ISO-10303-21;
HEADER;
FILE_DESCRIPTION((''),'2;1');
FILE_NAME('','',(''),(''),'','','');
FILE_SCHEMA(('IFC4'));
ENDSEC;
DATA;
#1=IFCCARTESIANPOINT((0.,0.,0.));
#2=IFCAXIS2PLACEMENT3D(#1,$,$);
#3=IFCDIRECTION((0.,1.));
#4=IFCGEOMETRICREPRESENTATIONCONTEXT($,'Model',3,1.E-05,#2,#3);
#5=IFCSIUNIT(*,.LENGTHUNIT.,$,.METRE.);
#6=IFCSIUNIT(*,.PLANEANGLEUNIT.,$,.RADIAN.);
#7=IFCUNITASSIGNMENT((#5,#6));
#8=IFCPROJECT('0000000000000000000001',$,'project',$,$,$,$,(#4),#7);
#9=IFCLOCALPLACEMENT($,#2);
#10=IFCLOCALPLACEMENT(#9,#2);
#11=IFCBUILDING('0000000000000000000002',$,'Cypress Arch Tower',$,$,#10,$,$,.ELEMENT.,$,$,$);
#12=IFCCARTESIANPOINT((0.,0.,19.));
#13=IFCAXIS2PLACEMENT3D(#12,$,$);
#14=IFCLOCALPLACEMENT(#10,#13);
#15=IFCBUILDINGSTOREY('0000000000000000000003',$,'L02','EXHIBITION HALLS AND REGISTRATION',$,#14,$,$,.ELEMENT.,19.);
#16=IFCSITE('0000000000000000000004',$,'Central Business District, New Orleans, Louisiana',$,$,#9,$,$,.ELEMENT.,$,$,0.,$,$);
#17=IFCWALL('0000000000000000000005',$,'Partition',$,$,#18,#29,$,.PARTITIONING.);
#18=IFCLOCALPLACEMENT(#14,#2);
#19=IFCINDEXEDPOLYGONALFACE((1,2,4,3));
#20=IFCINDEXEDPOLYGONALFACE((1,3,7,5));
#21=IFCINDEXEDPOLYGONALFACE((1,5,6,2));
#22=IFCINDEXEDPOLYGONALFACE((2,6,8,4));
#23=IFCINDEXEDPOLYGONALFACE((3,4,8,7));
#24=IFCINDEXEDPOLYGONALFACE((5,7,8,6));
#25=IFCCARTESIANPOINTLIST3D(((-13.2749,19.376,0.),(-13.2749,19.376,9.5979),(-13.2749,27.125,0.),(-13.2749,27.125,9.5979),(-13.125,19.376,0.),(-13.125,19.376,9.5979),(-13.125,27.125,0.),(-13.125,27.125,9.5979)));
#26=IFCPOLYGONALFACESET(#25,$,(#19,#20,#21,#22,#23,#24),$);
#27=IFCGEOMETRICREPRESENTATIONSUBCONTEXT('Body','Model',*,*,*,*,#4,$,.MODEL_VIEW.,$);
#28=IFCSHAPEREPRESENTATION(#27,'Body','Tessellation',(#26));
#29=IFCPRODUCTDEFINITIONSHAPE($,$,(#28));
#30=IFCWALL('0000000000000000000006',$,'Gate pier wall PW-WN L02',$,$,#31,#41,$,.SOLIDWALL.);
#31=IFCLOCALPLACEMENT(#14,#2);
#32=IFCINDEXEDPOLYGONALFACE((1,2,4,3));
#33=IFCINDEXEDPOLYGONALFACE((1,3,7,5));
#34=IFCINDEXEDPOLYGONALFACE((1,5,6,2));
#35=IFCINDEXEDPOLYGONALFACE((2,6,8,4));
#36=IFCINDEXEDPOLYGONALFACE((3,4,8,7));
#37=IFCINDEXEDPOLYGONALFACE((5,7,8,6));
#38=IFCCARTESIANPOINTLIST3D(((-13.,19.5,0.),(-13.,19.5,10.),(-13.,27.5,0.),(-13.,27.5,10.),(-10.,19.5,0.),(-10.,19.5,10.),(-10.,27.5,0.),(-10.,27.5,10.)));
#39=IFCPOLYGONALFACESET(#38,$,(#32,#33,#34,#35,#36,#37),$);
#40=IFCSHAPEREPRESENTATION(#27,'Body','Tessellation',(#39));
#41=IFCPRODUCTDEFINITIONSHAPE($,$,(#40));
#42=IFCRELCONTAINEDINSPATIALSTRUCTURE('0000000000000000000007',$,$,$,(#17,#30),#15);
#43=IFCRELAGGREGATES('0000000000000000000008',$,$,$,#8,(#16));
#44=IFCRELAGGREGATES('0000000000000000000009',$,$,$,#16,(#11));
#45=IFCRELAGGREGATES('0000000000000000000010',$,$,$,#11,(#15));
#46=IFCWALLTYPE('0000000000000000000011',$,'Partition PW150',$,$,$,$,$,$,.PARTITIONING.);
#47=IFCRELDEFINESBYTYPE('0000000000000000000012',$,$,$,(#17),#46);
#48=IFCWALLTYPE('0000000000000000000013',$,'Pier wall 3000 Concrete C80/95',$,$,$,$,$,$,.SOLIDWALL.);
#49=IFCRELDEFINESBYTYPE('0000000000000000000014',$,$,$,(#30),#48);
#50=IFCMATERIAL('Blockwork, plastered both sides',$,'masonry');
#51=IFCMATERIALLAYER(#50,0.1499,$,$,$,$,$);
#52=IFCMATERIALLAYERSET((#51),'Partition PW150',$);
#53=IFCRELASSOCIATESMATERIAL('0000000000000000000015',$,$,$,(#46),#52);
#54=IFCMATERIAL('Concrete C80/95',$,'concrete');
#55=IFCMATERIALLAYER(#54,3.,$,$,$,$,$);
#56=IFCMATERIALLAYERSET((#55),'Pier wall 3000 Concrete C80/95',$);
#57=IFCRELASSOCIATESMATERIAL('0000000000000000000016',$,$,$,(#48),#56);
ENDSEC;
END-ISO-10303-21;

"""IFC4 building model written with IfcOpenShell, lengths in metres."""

from ifc_helpers import new_model, si_unit, direction, frame, frame_2d, origin, place, context, subcontext, project, spatial, rectangle, extrude, material, layer, layer_set, type_object, element, save


model = new_model("IFC4")

# Units and contexts
model_context = context("Model", 3, precision=1e-05, world=origin(), true_north=direction((0.0, 1.0)))
body_context = subcontext(model_context, "Body", "Model", "MODEL_VIEW")
ifc_project = project(units=[si_unit("LENGTHUNIT", "METRE"), si_unit("PLANEANGLEUNIT", "RADIAN")], contexts=[model_context])

# Site, building, storey
site_placement = place(None, origin())
site = spatial("IfcSite", under=ifc_project, at=site_placement, Name="Central Business District, New Orleans, Louisiana", CompositionType="ELEMENT", RefElevation=0.0)
building_placement = place(site_placement, origin())
building = spatial("IfcBuilding", under=site, at=building_placement, Name="Cypress Arch Tower", CompositionType="ELEMENT")
storey_placement = place(building_placement, frame((0.0, 0.0, 19.0)))
storey = spatial("IfcBuildingStorey", under=building, at=storey_placement, Name="L02", Description="EXHIBITION HALLS AND REGISTRATION", CompositionType="ELEMENT", Elevation=19.0)

# Walls
ifc_material_1 = material(Name="Blockwork, plastered both sides", Category="masonry")
ifc_layer_1 = layer(ifc_material_1, 0.1499)
ifc_layer_set_1 = layer_set([ifc_layer_1], Name="Partition PW150")
wall_type_1 = type_object("IfcWallType", Name="Partition PW150", PredefinedType="PARTITIONING", material=ifc_layer_set_1)
wall_1_placement = place(storey_placement, frame((-13.2, 19.376, 0.0), z_axis=(0.0, 0.0, 1.0), x_axis=(0.0, 1.0, 0.0)))
element("IfcWall", 1, at=wall_1_placement, inside=storey, type_object=wall_type_1, Name="Partition", PredefinedType="PARTITIONING", context=body_context, shape_type="SweptSolid", body=[
    extrude(rectangle(XDim=7.749, YDim=0.1499, at=frame_2d((3.8745, 0.0))), origin(), (0.0, 0.0, 1.0), 9.5979),
])
ifc_material_2 = material(Name="Concrete C80/95", Category="concrete")
ifc_layer_2 = layer(ifc_material_2, 3.0)
ifc_layer_set_2 = layer_set([ifc_layer_2], Name="Pier wall 3000 Concrete C80/95")
wall_type_2 = type_object("IfcWallType", Name="Pier wall 3000 Concrete C80/95", PredefinedType="SOLIDWALL", material=ifc_layer_set_2)
wall_2_placement = place(storey_placement, frame((-11.5, 19.5, 0.0), z_axis=(0.0, 0.0, 1.0), x_axis=(0.0, 1.0, 0.0)))
element("IfcWall", 2, at=wall_2_placement, inside=storey, type_object=wall_type_2, Name="Gate pier wall PW-WN L02", PredefinedType="SOLIDWALL", context=body_context, shape_type="SweptSolid", body=[
    extrude(rectangle(XDim=8.0, YDim=3.0, at=frame_2d((4.0, 0.0))), origin(), (0.0, 0.0, 1.0), 10.0),
])

save(model, "model.ifc")
